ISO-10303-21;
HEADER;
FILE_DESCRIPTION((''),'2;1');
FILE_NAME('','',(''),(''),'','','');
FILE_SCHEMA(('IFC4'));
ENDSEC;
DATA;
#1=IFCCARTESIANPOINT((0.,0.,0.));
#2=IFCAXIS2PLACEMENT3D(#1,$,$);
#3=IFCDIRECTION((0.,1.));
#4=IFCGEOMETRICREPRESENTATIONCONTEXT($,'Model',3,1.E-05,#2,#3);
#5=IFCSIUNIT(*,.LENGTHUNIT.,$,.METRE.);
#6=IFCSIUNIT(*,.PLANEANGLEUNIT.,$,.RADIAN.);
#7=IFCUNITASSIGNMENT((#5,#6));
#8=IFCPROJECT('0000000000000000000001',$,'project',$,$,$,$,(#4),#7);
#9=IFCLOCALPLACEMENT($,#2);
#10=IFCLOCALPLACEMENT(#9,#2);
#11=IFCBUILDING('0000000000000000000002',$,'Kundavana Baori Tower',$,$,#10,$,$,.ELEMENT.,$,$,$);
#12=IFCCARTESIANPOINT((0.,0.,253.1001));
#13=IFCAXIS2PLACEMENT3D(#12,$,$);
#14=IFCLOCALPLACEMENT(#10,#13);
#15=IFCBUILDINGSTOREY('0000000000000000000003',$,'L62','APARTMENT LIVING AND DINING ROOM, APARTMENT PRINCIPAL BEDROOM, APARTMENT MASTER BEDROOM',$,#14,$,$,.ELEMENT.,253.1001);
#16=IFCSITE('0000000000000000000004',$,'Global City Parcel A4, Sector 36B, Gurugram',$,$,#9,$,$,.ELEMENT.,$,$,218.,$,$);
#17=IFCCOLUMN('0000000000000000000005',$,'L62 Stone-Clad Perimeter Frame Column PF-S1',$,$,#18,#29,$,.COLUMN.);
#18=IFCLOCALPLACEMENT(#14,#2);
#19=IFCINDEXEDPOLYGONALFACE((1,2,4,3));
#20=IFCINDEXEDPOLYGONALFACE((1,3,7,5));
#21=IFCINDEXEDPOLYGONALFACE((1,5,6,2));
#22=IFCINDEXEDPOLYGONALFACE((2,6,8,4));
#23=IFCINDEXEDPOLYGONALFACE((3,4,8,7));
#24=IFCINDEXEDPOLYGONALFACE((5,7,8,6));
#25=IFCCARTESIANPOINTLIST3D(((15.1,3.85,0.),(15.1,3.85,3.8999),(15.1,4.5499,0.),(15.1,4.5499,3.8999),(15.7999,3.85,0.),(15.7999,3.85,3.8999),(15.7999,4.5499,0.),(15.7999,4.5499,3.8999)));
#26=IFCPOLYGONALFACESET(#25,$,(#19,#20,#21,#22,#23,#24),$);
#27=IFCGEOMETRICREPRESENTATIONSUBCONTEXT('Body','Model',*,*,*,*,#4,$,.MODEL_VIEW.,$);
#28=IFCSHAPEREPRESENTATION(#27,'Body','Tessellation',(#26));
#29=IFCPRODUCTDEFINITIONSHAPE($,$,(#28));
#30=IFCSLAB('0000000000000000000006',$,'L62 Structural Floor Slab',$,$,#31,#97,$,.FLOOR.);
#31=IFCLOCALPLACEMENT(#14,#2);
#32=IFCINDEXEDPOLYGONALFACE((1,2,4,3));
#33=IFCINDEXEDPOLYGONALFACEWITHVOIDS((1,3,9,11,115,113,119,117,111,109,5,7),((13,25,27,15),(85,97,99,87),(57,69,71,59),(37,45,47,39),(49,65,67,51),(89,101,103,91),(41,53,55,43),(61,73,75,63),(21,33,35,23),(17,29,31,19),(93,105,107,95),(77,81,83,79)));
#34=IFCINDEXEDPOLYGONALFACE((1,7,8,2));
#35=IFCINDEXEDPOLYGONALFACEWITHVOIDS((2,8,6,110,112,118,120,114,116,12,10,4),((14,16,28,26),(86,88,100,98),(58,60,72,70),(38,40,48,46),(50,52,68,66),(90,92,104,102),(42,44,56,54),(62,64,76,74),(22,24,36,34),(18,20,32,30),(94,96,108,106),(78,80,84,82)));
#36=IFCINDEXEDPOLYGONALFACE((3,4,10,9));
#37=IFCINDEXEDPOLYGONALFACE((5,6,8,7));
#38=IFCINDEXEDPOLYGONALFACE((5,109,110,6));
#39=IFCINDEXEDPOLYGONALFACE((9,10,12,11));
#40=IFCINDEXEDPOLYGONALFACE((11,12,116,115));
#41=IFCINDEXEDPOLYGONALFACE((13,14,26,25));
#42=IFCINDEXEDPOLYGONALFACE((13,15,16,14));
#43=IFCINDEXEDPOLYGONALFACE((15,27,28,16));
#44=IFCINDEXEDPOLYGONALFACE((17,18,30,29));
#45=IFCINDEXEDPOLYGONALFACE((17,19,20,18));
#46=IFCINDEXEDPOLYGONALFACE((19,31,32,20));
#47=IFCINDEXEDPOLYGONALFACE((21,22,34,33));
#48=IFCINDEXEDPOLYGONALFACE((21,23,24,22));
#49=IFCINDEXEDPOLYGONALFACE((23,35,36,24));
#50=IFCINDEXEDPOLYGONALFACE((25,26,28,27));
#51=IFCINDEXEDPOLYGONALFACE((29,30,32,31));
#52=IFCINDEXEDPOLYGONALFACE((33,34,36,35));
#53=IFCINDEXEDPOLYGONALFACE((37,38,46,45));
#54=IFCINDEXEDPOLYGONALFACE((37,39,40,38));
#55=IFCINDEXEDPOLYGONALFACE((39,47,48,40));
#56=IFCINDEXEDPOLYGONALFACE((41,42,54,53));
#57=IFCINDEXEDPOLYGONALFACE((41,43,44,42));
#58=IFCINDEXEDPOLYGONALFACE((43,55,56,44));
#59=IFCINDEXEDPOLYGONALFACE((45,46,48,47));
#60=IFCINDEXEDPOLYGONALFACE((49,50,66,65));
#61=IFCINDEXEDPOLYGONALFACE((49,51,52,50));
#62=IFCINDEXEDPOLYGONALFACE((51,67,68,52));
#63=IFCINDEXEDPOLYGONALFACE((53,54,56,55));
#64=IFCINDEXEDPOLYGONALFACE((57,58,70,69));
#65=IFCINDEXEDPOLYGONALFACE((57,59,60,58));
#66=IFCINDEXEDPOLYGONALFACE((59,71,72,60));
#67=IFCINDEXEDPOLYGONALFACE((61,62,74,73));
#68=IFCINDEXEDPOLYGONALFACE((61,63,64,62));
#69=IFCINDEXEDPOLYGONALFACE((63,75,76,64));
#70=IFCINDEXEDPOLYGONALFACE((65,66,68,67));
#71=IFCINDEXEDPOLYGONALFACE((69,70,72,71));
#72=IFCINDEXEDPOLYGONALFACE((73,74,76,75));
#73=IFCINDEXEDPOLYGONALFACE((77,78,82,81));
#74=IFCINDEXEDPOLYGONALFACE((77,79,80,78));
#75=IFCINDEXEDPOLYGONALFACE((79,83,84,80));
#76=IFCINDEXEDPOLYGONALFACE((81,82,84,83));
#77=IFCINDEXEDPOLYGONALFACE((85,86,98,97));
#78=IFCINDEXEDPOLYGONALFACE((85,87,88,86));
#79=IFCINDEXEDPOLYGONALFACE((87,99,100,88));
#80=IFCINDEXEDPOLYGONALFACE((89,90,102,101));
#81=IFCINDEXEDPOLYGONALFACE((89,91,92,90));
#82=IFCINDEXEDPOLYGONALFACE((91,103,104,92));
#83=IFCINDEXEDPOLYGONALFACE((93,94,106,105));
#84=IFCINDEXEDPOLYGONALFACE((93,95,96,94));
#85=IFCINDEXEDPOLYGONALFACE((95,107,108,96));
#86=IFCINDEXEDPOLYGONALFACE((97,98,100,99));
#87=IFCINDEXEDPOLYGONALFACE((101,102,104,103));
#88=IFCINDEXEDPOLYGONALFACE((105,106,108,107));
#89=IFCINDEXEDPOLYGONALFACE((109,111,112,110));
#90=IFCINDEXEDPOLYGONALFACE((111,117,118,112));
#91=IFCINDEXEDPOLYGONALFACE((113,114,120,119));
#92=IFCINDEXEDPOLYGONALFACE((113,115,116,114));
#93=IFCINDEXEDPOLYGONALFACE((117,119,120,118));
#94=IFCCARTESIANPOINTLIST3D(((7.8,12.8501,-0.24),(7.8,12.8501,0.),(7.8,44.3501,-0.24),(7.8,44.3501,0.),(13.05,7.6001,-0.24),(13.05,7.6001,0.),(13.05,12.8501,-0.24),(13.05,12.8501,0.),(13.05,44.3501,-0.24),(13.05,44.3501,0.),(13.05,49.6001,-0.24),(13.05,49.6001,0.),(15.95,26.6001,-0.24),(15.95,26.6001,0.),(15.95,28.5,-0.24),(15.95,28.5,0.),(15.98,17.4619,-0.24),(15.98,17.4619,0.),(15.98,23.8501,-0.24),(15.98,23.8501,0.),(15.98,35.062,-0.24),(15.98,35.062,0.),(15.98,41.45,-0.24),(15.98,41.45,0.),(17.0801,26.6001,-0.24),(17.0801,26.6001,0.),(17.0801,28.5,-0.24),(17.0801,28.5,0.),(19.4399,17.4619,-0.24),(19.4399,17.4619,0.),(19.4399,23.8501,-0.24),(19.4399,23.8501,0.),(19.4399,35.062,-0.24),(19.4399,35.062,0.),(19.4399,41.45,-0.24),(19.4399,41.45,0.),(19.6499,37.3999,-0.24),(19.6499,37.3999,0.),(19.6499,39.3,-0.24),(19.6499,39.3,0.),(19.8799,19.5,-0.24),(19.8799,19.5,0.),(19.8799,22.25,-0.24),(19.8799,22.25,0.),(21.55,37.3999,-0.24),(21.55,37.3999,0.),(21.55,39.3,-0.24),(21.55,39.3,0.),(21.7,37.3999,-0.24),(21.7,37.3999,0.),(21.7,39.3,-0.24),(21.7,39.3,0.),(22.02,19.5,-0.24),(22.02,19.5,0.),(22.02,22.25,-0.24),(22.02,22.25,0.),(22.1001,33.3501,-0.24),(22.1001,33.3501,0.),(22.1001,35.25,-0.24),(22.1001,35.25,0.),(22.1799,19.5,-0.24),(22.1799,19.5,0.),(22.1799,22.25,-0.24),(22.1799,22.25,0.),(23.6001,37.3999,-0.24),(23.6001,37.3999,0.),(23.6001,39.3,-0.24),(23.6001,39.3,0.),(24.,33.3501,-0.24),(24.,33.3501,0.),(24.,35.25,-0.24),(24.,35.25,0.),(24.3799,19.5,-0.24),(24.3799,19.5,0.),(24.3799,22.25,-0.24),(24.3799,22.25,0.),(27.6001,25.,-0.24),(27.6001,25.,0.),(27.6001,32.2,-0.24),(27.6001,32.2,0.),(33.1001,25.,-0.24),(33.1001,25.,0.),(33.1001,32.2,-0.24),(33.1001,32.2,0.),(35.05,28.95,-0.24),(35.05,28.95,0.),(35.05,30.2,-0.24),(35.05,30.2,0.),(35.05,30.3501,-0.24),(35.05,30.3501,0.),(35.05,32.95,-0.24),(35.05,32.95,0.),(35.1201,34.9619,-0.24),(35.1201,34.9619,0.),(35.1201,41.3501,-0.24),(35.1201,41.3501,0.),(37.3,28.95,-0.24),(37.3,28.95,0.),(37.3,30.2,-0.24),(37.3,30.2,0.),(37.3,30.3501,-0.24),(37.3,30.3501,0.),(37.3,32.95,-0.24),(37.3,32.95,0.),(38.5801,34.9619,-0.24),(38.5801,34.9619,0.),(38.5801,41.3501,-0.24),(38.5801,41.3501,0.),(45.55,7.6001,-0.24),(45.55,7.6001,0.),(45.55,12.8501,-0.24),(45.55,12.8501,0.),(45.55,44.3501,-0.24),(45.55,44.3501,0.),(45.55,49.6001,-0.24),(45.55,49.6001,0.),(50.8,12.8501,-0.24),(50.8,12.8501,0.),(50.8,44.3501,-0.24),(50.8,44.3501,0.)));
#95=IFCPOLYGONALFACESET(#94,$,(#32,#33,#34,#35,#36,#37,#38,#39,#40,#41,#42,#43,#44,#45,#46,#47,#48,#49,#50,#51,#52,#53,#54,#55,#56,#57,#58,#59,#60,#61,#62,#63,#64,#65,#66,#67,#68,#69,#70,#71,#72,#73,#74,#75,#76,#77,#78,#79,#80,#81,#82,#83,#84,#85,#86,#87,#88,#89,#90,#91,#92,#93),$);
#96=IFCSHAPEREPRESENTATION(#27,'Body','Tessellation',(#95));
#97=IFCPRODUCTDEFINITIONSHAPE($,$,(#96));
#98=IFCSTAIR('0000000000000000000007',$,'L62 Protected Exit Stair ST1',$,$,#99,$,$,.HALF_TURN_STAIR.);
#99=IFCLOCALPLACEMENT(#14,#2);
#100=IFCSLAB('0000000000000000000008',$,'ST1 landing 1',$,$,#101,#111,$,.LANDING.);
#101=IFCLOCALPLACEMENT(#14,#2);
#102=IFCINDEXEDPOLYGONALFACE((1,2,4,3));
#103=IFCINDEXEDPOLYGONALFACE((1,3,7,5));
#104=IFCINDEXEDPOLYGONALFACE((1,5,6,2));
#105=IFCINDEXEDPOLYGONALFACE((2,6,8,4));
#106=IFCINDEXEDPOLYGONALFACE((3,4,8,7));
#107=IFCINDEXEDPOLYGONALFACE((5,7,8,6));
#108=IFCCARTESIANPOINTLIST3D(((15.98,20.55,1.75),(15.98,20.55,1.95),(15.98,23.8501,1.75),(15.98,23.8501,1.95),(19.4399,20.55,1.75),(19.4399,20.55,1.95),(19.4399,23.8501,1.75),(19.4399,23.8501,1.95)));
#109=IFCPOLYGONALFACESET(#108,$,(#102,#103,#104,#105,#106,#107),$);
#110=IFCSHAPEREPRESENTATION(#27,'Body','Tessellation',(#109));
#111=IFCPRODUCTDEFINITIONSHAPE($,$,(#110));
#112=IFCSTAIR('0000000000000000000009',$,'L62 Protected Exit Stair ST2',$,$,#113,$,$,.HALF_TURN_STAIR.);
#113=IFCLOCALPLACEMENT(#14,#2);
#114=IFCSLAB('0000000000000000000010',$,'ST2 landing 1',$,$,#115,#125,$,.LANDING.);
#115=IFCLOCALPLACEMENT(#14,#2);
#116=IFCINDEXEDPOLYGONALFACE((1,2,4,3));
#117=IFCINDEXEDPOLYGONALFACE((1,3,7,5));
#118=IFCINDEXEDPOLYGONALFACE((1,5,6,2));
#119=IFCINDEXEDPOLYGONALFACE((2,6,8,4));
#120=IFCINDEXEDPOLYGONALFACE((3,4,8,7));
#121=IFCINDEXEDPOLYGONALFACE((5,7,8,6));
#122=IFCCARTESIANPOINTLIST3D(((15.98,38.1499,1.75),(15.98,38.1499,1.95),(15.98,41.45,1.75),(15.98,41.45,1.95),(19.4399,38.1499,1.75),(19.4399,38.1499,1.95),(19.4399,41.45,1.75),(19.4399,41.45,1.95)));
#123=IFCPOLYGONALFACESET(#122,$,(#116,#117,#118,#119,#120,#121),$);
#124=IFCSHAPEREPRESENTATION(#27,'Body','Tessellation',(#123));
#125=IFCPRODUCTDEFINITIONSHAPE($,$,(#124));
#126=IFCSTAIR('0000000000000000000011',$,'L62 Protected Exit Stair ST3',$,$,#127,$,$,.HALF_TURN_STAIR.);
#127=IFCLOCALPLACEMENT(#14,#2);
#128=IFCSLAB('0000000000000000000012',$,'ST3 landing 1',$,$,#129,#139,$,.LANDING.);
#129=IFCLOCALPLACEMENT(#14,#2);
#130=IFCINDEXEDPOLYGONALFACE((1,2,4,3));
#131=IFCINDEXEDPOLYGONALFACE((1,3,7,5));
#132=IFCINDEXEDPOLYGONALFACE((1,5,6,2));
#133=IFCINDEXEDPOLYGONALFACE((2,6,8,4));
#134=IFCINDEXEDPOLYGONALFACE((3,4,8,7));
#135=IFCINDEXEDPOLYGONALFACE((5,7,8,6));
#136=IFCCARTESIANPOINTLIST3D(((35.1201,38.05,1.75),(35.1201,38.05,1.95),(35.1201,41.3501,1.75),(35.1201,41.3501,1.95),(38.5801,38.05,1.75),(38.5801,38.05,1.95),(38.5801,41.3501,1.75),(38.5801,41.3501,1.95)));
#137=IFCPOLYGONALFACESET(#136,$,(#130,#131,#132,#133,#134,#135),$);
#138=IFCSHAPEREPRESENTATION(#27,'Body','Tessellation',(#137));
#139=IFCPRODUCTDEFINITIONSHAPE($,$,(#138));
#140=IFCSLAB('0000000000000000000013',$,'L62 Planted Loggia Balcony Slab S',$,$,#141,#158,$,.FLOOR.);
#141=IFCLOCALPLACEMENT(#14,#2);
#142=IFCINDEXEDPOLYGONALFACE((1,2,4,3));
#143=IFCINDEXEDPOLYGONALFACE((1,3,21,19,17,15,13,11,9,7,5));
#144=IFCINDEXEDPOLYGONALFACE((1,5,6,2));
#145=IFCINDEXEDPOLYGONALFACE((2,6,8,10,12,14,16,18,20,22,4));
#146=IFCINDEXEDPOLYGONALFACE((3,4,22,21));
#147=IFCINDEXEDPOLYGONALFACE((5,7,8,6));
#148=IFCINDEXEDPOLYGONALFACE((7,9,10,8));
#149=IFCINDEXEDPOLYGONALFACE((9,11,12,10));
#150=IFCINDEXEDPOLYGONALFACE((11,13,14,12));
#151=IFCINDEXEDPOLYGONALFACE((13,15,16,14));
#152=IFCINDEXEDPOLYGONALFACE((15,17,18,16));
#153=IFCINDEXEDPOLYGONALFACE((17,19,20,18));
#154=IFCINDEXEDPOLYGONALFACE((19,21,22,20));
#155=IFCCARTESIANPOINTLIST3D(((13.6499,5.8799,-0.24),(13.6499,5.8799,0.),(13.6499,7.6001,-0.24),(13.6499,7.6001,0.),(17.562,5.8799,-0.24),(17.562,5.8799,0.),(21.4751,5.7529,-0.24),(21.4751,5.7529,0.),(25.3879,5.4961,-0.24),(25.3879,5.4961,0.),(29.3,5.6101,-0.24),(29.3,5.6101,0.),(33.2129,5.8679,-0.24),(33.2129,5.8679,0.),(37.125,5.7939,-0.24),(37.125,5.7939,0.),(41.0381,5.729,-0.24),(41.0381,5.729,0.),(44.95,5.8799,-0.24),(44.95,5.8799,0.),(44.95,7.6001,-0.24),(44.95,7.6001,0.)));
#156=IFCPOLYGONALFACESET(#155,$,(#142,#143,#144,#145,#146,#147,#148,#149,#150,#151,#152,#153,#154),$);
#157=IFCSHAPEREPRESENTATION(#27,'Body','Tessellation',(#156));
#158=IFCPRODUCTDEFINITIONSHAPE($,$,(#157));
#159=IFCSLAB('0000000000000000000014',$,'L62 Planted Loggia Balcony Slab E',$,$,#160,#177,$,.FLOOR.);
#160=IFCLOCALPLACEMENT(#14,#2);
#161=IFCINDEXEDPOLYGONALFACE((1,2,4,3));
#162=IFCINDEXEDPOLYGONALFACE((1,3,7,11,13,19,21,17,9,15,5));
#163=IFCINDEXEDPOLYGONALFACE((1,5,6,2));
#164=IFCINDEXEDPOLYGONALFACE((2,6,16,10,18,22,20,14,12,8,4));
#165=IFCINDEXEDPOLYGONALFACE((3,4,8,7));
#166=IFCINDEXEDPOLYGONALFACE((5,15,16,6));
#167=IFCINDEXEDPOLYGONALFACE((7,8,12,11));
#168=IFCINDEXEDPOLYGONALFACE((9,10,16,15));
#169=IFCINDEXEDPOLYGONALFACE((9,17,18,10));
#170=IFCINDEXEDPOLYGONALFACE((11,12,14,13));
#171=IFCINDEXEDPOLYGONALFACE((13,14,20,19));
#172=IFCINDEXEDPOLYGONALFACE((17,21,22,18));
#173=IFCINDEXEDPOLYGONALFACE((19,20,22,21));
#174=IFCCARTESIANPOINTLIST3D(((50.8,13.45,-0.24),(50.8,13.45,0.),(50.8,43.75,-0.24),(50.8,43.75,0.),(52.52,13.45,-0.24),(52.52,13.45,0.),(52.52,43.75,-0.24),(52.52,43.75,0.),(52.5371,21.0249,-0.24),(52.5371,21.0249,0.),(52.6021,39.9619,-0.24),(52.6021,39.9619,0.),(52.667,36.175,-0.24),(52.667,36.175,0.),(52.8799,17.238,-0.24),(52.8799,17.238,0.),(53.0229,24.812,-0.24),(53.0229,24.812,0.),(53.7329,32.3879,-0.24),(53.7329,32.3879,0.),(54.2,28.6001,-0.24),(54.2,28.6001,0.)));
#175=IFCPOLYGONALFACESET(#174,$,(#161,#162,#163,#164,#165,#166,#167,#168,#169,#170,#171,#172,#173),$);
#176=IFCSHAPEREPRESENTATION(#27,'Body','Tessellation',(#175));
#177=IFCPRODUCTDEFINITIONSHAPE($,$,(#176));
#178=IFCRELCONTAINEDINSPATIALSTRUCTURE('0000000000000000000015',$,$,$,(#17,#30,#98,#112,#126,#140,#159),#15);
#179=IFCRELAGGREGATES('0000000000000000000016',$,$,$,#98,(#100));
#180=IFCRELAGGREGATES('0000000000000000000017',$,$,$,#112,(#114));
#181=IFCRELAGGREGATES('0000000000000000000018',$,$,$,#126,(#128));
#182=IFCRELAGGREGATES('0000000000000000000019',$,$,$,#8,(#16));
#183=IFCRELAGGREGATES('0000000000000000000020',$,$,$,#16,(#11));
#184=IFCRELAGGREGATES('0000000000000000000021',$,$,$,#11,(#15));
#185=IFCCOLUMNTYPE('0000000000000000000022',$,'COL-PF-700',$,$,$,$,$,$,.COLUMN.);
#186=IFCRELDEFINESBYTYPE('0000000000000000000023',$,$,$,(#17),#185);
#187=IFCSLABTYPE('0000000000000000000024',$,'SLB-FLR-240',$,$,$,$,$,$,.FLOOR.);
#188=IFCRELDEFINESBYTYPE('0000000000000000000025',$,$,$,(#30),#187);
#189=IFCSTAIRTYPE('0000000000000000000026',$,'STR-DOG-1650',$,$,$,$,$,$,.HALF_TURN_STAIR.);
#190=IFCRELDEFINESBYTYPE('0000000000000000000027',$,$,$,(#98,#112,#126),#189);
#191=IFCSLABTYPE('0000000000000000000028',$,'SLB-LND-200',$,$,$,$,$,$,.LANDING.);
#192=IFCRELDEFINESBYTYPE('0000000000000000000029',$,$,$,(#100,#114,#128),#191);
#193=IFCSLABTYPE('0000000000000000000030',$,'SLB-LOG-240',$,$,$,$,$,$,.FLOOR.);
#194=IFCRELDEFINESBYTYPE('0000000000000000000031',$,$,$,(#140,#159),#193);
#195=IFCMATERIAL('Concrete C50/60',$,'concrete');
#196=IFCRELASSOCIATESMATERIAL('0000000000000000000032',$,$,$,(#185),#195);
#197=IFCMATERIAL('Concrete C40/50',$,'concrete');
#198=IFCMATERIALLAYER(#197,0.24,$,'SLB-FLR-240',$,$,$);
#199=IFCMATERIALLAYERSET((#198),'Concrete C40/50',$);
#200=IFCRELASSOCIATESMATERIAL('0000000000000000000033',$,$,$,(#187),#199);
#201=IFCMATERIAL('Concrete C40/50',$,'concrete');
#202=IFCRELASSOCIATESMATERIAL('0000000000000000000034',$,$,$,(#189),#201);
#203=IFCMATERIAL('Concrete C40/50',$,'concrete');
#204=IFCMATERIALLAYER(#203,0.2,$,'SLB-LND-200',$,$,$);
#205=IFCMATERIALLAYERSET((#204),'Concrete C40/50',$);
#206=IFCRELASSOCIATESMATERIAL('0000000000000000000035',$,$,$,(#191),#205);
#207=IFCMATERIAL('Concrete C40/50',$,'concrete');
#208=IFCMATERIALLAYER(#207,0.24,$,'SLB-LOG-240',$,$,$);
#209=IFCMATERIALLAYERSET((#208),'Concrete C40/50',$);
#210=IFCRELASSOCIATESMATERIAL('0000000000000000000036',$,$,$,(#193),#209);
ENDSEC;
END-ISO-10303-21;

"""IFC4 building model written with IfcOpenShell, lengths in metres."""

from ifc_helpers import new_model, si_unit, direction, frame, origin, origin_2d, place, context, subcontext, project, spatial, polyline, rectangle, outline, extrude, material, layer, layer_set, material_profile, profile_set, type_object, element, aggregate, save


model = new_model("IFC4")

# Units and contexts
model_context = context("Model", 3, precision=1e-05, world=origin(), true_north=direction((0.0, 1.0)))
body_context = subcontext(model_context, "Body", "Model", "MODEL_VIEW")
ifc_project = project(units=[si_unit("LENGTHUNIT", "METRE"), si_unit("PLANEANGLEUNIT", "RADIAN")], contexts=[model_context])

# Site, building, storey
site_placement = place(None, origin())
site = spatial("IfcSite", under=ifc_project, at=site_placement, Name="Global City Parcel A4, Sector 36B, Gurugram", CompositionType="ELEMENT", RefElevation=218.0)
building_placement = place(site_placement, origin())
building = spatial("IfcBuilding", under=site, at=building_placement, Name="Kundavana Baori Tower", CompositionType="ELEMENT")
storey_placement = place(building_placement, frame((0.0, 0.0, 253.1001)))
storey = spatial("IfcBuildingStorey", under=building, at=storey_placement, Name="L62", Description="APARTMENT LIVING AND DINING ROOM, APARTMENT PRINCIPAL BEDROOM, APARTMENT MASTER BEDROOM", CompositionType="ELEMENT", Elevation=253.1001)

# Column
ifc_material_1 = material(Name="Concrete C50/60", Category="concrete")
ifc_material_profile = material_profile(ifc_material_1, rectangle(XDim=0.7, YDim=0.7, at=origin_2d()), Name="RC PF 700x700")
ifc_profile_set = profile_set([ifc_material_profile], Name="Concrete C50/60")
column_type = type_object("IfcColumnType", Name="COL-PF-700", PredefinedType="COLUMN", material=ifc_profile_set)
column_placement = place(storey_placement, frame((15.45, 4.2, 0.0), z_axis=(0.0, 0.0, 1.0), x_axis=(1.0, 0.0, 0.0)))
element("IfcColumn", 1, at=column_placement, inside=storey, type_object=column_type, Name="L62 Stone-Clad Perimeter Frame Column PF-S1", PredefinedType="COLUMN", context=body_context, shape_type="SweptSolid", body=[
    extrude(rectangle(XDim=0.7, YDim=0.7, at=origin_2d()), origin(), (0.0, 0.0, 1.0), 3.8999),
])

# Slab
ifc_material_2 = material(Name="Concrete C40/50", Category="concrete")
ifc_layer_1 = layer(ifc_material_2, 0.24, Name="SLB-FLR-240")
ifc_layer_set_1 = layer_set([ifc_layer_1], Name="Concrete C40/50")
slab_type_1 = type_object("IfcSlabType", Name="SLB-FLR-240", PredefinedType="FLOOR", material=ifc_layer_set_1)
slab_1_placement = place(storey_placement, frame((0.0, 0.0, -0.24)))
element("IfcSlab", 2, at=slab_1_placement, inside=storey, type_object=slab_type_1, Name="L62 Structural Floor Slab", PredefinedType="FLOOR", context=body_context, shape_type="SweptSolid", body=[
    extrude(outline(polyline([(13.05, 7.6001), (45.55, 7.6001), (45.55, 12.8501), (50.8, 12.8501), (50.8, 44.3501), (45.55, 44.3501), (45.55, 49.6001), (13.05, 49.6001), (13.05, 44.3501), (7.8, 44.3501), (7.8, 12.8501), (13.05, 12.8501), (13.05, 7.6001)]), holes=[polyline([(19.4399, 17.4619), (19.4399, 23.8501), (15.98, 23.8501), (15.98, 17.4619), (19.4399, 17.4619)]), polyline([(19.4399, 35.062), (19.4399, 41.45), (15.98, 41.45), (15.98, 35.062), (19.4399, 35.062)]), polyline([(38.5801, 34.9619), (38.5801, 41.3501), (35.1201, 41.3501), (35.1201, 34.9619), (38.5801, 34.9619)]), polyline([(19.6499, 37.3999), (21.55, 37.3999), (21.55, 39.3), (19.6499, 39.3), (19.6499, 37.3999)]), polyline([(21.7, 37.3999), (23.6001, 37.3999), (23.6001, 39.3), (21.7, 39.3), (21.7, 37.3999)]), polyline([(22.1001, 33.3501), (24.0, 33.3501), (24.0, 35.25), (22.1001, 35.25), (22.1001, 33.3501)]), polyline([(19.8799, 19.5), (22.02, 19.5), (22.02, 22.25), (19.8799, 22.25), (19.8799, 19.5)]), polyline([(22.1799, 19.5), (24.3799, 19.5), (24.3799, 22.25), (22.1799, 22.25), (22.1799, 19.5)]), polyline([(35.05, 30.3501), (37.3, 30.3501), (37.3, 32.95), (35.05, 32.95), (35.05, 30.3501)]), polyline([(15.95, 26.6001), (17.0801, 26.6001), (17.0801, 28.5), (15.95, 28.5), (15.95, 26.6001)]), polyline([(35.05, 28.95), (37.3, 28.95), (37.3, 30.2), (35.05, 30.2), (35.05, 28.95)]), polyline([(27.6001, 25.0), (33.1001, 25.0), (33.1001, 32.2), (27.6001, 32.2), (27.6001, 25.0)])]), origin(), (0.0, 0.0, 1.0), 0.24),
])

# Stairs, slabs
ifc_material_3 = material(Name="Concrete C40/50", Category="concrete")
stair_type = type_object("IfcStairType", Name="STR-DOG-1650", PredefinedType="HALF_TURN_STAIR", material=ifc_material_3)
stair_1_placement = place(storey_placement, origin())
stair_1 = element("IfcStair", 3, at=stair_1_placement, inside=storey, type_object=stair_type, Name="L62 Protected Exit Stair ST1", PredefinedType="HALF_TURN_STAIR")
ifc_material_4 = material(Name="Concrete C40/50", Category="concrete")
ifc_layer_2 = layer(ifc_material_4, 0.2, Name="SLB-LND-200")
ifc_layer_set_2 = layer_set([ifc_layer_2], Name="Concrete C40/50")
slab_type_2 = type_object("IfcSlabType", Name="SLB-LND-200", PredefinedType="LANDING", material=ifc_layer_set_2)
slab_2_placement = place(storey_placement, frame((0.0, 0.0, 1.75)))
slab_2 = element("IfcSlab", 4, at=slab_2_placement, type_object=slab_type_2, Name="ST1 landing 1", PredefinedType="LANDING", context=body_context, shape_type="SweptSolid", body=[
    extrude(outline(polyline([(19.4399, 20.55), (19.4399, 23.8501), (15.98, 23.8501), (15.98, 20.55), (19.4399, 20.55)])), origin(), (0.0, 0.0, 1.0), 0.2),
])
aggregate(stair_1, [slab_2])
stair_2_placement = place(storey_placement, origin())
stair_2 = element("IfcStair", 5, at=stair_2_placement, inside=storey, type_object=stair_type, Name="L62 Protected Exit Stair ST2", PredefinedType="HALF_TURN_STAIR")
slab_3_placement = place(storey_placement, frame((0.0, 0.0, 1.75)))
slab_3 = element("IfcSlab", 6, at=slab_3_placement, type_object=slab_type_2, Name="ST2 landing 1", PredefinedType="LANDING", context=body_context, shape_type="SweptSolid", body=[
    extrude(outline(polyline([(19.4399, 38.1499), (19.4399, 41.45), (15.98, 41.45), (15.98, 38.1499), (19.4399, 38.1499)])), origin(), (0.0, 0.0, 1.0), 0.2),
])
aggregate(stair_2, [slab_3])
stair_3_placement = place(storey_placement, origin())
stair_3 = element("IfcStair", 7, at=stair_3_placement, inside=storey, type_object=stair_type, Name="L62 Protected Exit Stair ST3", PredefinedType="HALF_TURN_STAIR")
slab_4_placement = place(storey_placement, frame((0.0, 0.0, 1.75)))
slab_4 = element("IfcSlab", 8, at=slab_4_placement, type_object=slab_type_2, Name="ST3 landing 1", PredefinedType="LANDING", context=body_context, shape_type="SweptSolid", body=[
    extrude(outline(polyline([(38.5801, 38.05), (38.5801, 41.3501), (35.1201, 41.3501), (35.1201, 38.05), (38.5801, 38.05)])), origin(), (0.0, 0.0, 1.0), 0.2),
])
aggregate(stair_3, [slab_4])

# Slabs
ifc_material_5 = material(Name="Concrete C40/50", Category="concrete")
ifc_layer_3 = layer(ifc_material_5, 0.24, Name="SLB-LOG-240")
ifc_layer_set_3 = layer_set([ifc_layer_3], Name="Concrete C40/50")
slab_type_3 = type_object("IfcSlabType", Name="SLB-LOG-240", PredefinedType="FLOOR", material=ifc_layer_set_3)
slab_5_placement = place(storey_placement, frame((0.0, 0.0, -0.24)))
element("IfcSlab", 9, at=slab_5_placement, inside=storey, type_object=slab_type_3, Name="L62 Planted Loggia Balcony Slab S", PredefinedType="FLOOR", context=body_context, shape_type="SweptSolid", body=[
    extrude(outline(polyline([(13.6499, 7.6001), (44.95, 7.6001), (44.95, 5.8799), (41.0381, 5.729), (37.125, 5.7939), (33.2129, 5.8679), (29.3, 5.6101), (25.3879, 5.4961), (21.4751, 5.7529), (17.562, 5.8799), (13.6499, 5.8799), (13.6499, 7.6001)])), origin(), (0.0, 0.0, 1.0), 0.24),
])
slab_6_placement = place(storey_placement, frame((0.0, 0.0, -0.24)))
element("IfcSlab", 10, at=slab_6_placement, inside=storey, type_object=slab_type_3, Name="L62 Planted Loggia Balcony Slab E", PredefinedType="FLOOR", context=body_context, shape_type="SweptSolid", body=[
    extrude(outline(polyline([(50.8, 13.45), (50.8, 43.75), (52.52, 43.75), (52.6021, 39.9619), (52.667, 36.175), (53.7329, 32.3879), (54.2, 28.6001), (53.0229, 24.812), (52.5371, 21.0249), (52.8799, 17.238), (52.52, 13.45), (50.8, 13.45)])), origin(), (0.0, 0.0, 1.0), 0.24),
])

save(model, "model.ifc")
